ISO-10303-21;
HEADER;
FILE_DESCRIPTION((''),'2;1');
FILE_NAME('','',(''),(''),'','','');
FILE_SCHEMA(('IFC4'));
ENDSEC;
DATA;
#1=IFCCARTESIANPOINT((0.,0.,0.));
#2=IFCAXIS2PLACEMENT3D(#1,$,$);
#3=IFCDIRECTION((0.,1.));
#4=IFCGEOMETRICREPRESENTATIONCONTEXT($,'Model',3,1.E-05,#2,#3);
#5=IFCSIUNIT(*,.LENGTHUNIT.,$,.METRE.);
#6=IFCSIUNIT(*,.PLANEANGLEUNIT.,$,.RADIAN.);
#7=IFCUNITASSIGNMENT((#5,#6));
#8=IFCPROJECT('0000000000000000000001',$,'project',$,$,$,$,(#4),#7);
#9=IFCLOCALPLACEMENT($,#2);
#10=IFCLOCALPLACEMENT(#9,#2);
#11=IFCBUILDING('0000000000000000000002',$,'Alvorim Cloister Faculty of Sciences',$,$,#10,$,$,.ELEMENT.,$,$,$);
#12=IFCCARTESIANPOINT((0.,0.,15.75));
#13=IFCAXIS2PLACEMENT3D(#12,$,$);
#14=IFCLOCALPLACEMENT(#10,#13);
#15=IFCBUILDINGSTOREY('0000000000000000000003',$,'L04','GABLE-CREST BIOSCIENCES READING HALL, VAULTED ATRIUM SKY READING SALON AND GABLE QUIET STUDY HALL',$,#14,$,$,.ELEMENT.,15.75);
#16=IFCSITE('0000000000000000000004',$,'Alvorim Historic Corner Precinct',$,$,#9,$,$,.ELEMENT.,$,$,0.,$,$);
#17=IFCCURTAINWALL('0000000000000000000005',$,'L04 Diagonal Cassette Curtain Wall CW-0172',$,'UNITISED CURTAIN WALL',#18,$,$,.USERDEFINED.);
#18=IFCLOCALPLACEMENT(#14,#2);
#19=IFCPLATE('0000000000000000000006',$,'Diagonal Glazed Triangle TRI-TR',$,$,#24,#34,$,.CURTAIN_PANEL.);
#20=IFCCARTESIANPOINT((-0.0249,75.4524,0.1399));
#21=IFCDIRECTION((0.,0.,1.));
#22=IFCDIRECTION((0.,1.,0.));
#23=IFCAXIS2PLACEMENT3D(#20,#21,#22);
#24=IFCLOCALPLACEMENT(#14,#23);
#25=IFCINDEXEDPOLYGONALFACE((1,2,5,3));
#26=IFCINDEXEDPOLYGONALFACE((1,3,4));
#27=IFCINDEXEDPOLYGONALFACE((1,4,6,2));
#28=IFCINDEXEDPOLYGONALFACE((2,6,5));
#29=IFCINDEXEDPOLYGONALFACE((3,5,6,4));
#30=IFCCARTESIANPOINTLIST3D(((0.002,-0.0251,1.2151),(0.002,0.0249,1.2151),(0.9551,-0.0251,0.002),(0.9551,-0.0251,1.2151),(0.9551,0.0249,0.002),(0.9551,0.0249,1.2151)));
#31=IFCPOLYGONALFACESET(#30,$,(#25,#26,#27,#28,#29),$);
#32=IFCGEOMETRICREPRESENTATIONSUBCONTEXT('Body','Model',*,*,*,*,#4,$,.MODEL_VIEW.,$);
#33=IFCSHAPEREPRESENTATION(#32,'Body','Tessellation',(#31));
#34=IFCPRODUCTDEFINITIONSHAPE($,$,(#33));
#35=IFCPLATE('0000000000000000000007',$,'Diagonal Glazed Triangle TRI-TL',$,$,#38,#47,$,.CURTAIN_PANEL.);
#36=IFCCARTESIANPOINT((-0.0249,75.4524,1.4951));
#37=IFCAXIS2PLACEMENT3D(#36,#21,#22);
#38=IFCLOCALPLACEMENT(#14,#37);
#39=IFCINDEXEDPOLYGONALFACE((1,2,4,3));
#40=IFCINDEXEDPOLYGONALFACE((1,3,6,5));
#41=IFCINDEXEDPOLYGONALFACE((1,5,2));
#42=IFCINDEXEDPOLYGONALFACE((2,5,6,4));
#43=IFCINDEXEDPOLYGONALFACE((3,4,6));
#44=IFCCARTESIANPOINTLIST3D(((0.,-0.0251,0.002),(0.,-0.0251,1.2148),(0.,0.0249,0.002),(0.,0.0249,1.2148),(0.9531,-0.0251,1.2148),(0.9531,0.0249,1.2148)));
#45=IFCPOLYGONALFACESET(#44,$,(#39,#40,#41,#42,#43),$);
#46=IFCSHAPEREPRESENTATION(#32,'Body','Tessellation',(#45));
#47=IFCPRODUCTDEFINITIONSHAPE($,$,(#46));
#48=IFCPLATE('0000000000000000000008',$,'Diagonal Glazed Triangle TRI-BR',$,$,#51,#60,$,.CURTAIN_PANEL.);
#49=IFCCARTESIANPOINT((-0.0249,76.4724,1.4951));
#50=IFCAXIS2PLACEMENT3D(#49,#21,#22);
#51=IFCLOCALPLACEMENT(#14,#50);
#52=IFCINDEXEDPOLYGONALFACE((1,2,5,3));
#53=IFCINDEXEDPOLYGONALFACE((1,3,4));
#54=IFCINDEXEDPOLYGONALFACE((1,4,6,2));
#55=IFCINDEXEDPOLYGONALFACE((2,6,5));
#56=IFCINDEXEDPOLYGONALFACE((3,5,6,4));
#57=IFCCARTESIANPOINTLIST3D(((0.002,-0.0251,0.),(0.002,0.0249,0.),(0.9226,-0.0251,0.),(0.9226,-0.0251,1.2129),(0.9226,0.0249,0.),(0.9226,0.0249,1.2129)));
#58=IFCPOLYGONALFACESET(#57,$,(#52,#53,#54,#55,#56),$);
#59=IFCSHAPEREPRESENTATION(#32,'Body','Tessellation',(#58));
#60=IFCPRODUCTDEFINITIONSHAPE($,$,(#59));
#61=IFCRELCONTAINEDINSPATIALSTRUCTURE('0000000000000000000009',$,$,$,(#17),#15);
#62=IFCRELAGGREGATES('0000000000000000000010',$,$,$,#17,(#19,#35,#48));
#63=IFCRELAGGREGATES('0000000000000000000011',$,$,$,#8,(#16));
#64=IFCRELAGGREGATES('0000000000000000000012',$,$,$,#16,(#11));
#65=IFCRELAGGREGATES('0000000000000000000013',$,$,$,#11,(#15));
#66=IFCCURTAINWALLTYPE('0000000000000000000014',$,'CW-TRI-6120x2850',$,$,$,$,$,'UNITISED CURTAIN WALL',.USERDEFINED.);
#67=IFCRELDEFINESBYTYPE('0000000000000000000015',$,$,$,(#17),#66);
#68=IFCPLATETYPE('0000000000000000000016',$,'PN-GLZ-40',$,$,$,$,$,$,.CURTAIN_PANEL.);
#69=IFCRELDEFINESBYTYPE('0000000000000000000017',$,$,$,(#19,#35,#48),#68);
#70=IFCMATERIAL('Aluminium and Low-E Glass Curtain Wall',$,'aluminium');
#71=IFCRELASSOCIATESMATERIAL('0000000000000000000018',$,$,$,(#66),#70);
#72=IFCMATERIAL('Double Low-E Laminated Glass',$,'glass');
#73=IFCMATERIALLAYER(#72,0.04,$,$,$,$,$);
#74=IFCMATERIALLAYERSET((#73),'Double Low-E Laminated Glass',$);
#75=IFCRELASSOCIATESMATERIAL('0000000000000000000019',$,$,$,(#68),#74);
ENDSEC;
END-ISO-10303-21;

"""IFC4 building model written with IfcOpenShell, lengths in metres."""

from ifc_helpers import new_model, si_unit, direction, frame, origin, place, context, subcontext, project, spatial, polyline, outline, extrude, material, layer, layer_set, type_object, element, aggregate, save


model = new_model("IFC4")

# Units and contexts
model_context = context("Model", 3, precision=1e-05, world=origin(), true_north=direction((0.0, 1.0)))
body_context = subcontext(model_context, "Body", "Model", "MODEL_VIEW")
ifc_project = project(units=[si_unit("LENGTHUNIT", "METRE"), si_unit("PLANEANGLEUNIT", "RADIAN")], contexts=[model_context])

# Site, building, storey
site_placement = place(None, origin())
site = spatial("IfcSite", under=ifc_project, at=site_placement, Name="Alvorim Historic Corner Precinct", CompositionType="ELEMENT", RefElevation=0.0)
building_placement = place(site_placement, origin())
building = spatial("IfcBuilding", under=site, at=building_placement, Name="Alvorim Cloister Faculty of Sciences", CompositionType="ELEMENT")
storey_placement = place(building_placement, frame((0.0, 0.0, 15.75)))
storey = spatial("IfcBuildingStorey", under=building, at=storey_placement, Name="L04", Description="GABLE-CREST BIOSCIENCES READING HALL, VAULTED ATRIUM SKY READING SALON AND GABLE QUIET STUDY HALL", CompositionType="ELEMENT", Elevation=15.75)

# Curtain wall, plates
ifc_material_1 = material(Name="Aluminium and Low-E Glass Curtain Wall", Category="aluminium")
curtain_wall_type = type_object("IfcCurtainWallType", Name="CW-TRI-6120x2850", ElementType="UNITISED CURTAIN WALL", PredefinedType="USERDEFINED", material=ifc_material_1)
curtain_wall_placement = place(storey_placement, origin())
curtain_wall = element("IfcCurtainWall", 1, at=curtain_wall_placement, inside=storey, type_object=curtain_wall_type, Name="L04 Diagonal Cassette Curtain Wall CW-0172", ObjectType="UNITISED CURTAIN WALL", PredefinedType="USERDEFINED")
ifc_material_2 = material(Name="Double Low-E Laminated Glass", Category="glass")
ifc_layer = layer(ifc_material_2, 0.04)
ifc_layer_set = layer_set([ifc_layer], Name="Double Low-E Laminated Glass")
plate_type = type_object("IfcPlateType", Name="PN-GLZ-40", PredefinedType="CURTAIN_PANEL", material=ifc_layer_set)
plate_1_placement = place(storey_placement, frame((-0.0249, 75.4524, 0.1399), z_axis=(0.0, 0.0, 1.0), x_axis=(0.0, 1.0, 0.0)))
plate_1 = element("IfcPlate", 2, at=plate_1_placement, type_object=plate_type, Name="Diagonal Glazed Triangle TRI-TR", PredefinedType="CURTAIN_PANEL", context=body_context, shape_type="SweptSolid", body=[
    extrude(outline(polyline([(0.9551, 0.002), (0.9551, 1.2151), (0.002, 1.2151), (0.9551, 0.002)])), frame((0.0, 0.0249, 0.0), z_axis=(0.0, -1.0, 0.0), x_axis=(1.0, 0.0, 0.0)), (0.0, 0.0, 1.0), 0.05),
])
plate_2_placement = place(storey_placement, frame((-0.0249, 75.4524, 1.4951), z_axis=(0.0, 0.0, 1.0), x_axis=(0.0, 1.0, 0.0)))
plate_2 = element("IfcPlate", 3, at=plate_2_placement, type_object=plate_type, Name="Diagonal Glazed Triangle TRI-TL", PredefinedType="CURTAIN_PANEL", context=body_context, shape_type="SweptSolid", body=[
    extrude(outline(polyline([(0.9531, 1.2148), (0.0, 1.2148), (0.0, 0.002), (0.9531, 1.2148)])), frame((0.0, 0.0249, 0.0), z_axis=(0.0, -1.0, 0.0), x_axis=(1.0, 0.0, 0.0)), (0.0, 0.0, 1.0), 0.05),
])
plate_3_placement = place(storey_placement, frame((-0.0249, 76.4724, 1.4951), z_axis=(0.0, 0.0, 1.0), x_axis=(0.0, 1.0, 0.0)))
plate_3 = element("IfcPlate", 4, at=plate_3_placement, type_object=plate_type, Name="Diagonal Glazed Triangle TRI-BR", PredefinedType="CURTAIN_PANEL", context=body_context, shape_type="SweptSolid", body=[
    extrude(outline(polyline([(0.002, 0.0), (0.9226, 0.0), (0.9226, 1.2129), (0.002, 0.0)])), frame((0.0, 0.0249, 0.0), z_axis=(0.0, -1.0, 0.0), x_axis=(1.0, 0.0, 0.0)), (0.0, 0.0, 1.0), 0.05),
])
aggregate(curtain_wall, [plate_1, plate_2, plate_3])

save(model, "model.ifc")
